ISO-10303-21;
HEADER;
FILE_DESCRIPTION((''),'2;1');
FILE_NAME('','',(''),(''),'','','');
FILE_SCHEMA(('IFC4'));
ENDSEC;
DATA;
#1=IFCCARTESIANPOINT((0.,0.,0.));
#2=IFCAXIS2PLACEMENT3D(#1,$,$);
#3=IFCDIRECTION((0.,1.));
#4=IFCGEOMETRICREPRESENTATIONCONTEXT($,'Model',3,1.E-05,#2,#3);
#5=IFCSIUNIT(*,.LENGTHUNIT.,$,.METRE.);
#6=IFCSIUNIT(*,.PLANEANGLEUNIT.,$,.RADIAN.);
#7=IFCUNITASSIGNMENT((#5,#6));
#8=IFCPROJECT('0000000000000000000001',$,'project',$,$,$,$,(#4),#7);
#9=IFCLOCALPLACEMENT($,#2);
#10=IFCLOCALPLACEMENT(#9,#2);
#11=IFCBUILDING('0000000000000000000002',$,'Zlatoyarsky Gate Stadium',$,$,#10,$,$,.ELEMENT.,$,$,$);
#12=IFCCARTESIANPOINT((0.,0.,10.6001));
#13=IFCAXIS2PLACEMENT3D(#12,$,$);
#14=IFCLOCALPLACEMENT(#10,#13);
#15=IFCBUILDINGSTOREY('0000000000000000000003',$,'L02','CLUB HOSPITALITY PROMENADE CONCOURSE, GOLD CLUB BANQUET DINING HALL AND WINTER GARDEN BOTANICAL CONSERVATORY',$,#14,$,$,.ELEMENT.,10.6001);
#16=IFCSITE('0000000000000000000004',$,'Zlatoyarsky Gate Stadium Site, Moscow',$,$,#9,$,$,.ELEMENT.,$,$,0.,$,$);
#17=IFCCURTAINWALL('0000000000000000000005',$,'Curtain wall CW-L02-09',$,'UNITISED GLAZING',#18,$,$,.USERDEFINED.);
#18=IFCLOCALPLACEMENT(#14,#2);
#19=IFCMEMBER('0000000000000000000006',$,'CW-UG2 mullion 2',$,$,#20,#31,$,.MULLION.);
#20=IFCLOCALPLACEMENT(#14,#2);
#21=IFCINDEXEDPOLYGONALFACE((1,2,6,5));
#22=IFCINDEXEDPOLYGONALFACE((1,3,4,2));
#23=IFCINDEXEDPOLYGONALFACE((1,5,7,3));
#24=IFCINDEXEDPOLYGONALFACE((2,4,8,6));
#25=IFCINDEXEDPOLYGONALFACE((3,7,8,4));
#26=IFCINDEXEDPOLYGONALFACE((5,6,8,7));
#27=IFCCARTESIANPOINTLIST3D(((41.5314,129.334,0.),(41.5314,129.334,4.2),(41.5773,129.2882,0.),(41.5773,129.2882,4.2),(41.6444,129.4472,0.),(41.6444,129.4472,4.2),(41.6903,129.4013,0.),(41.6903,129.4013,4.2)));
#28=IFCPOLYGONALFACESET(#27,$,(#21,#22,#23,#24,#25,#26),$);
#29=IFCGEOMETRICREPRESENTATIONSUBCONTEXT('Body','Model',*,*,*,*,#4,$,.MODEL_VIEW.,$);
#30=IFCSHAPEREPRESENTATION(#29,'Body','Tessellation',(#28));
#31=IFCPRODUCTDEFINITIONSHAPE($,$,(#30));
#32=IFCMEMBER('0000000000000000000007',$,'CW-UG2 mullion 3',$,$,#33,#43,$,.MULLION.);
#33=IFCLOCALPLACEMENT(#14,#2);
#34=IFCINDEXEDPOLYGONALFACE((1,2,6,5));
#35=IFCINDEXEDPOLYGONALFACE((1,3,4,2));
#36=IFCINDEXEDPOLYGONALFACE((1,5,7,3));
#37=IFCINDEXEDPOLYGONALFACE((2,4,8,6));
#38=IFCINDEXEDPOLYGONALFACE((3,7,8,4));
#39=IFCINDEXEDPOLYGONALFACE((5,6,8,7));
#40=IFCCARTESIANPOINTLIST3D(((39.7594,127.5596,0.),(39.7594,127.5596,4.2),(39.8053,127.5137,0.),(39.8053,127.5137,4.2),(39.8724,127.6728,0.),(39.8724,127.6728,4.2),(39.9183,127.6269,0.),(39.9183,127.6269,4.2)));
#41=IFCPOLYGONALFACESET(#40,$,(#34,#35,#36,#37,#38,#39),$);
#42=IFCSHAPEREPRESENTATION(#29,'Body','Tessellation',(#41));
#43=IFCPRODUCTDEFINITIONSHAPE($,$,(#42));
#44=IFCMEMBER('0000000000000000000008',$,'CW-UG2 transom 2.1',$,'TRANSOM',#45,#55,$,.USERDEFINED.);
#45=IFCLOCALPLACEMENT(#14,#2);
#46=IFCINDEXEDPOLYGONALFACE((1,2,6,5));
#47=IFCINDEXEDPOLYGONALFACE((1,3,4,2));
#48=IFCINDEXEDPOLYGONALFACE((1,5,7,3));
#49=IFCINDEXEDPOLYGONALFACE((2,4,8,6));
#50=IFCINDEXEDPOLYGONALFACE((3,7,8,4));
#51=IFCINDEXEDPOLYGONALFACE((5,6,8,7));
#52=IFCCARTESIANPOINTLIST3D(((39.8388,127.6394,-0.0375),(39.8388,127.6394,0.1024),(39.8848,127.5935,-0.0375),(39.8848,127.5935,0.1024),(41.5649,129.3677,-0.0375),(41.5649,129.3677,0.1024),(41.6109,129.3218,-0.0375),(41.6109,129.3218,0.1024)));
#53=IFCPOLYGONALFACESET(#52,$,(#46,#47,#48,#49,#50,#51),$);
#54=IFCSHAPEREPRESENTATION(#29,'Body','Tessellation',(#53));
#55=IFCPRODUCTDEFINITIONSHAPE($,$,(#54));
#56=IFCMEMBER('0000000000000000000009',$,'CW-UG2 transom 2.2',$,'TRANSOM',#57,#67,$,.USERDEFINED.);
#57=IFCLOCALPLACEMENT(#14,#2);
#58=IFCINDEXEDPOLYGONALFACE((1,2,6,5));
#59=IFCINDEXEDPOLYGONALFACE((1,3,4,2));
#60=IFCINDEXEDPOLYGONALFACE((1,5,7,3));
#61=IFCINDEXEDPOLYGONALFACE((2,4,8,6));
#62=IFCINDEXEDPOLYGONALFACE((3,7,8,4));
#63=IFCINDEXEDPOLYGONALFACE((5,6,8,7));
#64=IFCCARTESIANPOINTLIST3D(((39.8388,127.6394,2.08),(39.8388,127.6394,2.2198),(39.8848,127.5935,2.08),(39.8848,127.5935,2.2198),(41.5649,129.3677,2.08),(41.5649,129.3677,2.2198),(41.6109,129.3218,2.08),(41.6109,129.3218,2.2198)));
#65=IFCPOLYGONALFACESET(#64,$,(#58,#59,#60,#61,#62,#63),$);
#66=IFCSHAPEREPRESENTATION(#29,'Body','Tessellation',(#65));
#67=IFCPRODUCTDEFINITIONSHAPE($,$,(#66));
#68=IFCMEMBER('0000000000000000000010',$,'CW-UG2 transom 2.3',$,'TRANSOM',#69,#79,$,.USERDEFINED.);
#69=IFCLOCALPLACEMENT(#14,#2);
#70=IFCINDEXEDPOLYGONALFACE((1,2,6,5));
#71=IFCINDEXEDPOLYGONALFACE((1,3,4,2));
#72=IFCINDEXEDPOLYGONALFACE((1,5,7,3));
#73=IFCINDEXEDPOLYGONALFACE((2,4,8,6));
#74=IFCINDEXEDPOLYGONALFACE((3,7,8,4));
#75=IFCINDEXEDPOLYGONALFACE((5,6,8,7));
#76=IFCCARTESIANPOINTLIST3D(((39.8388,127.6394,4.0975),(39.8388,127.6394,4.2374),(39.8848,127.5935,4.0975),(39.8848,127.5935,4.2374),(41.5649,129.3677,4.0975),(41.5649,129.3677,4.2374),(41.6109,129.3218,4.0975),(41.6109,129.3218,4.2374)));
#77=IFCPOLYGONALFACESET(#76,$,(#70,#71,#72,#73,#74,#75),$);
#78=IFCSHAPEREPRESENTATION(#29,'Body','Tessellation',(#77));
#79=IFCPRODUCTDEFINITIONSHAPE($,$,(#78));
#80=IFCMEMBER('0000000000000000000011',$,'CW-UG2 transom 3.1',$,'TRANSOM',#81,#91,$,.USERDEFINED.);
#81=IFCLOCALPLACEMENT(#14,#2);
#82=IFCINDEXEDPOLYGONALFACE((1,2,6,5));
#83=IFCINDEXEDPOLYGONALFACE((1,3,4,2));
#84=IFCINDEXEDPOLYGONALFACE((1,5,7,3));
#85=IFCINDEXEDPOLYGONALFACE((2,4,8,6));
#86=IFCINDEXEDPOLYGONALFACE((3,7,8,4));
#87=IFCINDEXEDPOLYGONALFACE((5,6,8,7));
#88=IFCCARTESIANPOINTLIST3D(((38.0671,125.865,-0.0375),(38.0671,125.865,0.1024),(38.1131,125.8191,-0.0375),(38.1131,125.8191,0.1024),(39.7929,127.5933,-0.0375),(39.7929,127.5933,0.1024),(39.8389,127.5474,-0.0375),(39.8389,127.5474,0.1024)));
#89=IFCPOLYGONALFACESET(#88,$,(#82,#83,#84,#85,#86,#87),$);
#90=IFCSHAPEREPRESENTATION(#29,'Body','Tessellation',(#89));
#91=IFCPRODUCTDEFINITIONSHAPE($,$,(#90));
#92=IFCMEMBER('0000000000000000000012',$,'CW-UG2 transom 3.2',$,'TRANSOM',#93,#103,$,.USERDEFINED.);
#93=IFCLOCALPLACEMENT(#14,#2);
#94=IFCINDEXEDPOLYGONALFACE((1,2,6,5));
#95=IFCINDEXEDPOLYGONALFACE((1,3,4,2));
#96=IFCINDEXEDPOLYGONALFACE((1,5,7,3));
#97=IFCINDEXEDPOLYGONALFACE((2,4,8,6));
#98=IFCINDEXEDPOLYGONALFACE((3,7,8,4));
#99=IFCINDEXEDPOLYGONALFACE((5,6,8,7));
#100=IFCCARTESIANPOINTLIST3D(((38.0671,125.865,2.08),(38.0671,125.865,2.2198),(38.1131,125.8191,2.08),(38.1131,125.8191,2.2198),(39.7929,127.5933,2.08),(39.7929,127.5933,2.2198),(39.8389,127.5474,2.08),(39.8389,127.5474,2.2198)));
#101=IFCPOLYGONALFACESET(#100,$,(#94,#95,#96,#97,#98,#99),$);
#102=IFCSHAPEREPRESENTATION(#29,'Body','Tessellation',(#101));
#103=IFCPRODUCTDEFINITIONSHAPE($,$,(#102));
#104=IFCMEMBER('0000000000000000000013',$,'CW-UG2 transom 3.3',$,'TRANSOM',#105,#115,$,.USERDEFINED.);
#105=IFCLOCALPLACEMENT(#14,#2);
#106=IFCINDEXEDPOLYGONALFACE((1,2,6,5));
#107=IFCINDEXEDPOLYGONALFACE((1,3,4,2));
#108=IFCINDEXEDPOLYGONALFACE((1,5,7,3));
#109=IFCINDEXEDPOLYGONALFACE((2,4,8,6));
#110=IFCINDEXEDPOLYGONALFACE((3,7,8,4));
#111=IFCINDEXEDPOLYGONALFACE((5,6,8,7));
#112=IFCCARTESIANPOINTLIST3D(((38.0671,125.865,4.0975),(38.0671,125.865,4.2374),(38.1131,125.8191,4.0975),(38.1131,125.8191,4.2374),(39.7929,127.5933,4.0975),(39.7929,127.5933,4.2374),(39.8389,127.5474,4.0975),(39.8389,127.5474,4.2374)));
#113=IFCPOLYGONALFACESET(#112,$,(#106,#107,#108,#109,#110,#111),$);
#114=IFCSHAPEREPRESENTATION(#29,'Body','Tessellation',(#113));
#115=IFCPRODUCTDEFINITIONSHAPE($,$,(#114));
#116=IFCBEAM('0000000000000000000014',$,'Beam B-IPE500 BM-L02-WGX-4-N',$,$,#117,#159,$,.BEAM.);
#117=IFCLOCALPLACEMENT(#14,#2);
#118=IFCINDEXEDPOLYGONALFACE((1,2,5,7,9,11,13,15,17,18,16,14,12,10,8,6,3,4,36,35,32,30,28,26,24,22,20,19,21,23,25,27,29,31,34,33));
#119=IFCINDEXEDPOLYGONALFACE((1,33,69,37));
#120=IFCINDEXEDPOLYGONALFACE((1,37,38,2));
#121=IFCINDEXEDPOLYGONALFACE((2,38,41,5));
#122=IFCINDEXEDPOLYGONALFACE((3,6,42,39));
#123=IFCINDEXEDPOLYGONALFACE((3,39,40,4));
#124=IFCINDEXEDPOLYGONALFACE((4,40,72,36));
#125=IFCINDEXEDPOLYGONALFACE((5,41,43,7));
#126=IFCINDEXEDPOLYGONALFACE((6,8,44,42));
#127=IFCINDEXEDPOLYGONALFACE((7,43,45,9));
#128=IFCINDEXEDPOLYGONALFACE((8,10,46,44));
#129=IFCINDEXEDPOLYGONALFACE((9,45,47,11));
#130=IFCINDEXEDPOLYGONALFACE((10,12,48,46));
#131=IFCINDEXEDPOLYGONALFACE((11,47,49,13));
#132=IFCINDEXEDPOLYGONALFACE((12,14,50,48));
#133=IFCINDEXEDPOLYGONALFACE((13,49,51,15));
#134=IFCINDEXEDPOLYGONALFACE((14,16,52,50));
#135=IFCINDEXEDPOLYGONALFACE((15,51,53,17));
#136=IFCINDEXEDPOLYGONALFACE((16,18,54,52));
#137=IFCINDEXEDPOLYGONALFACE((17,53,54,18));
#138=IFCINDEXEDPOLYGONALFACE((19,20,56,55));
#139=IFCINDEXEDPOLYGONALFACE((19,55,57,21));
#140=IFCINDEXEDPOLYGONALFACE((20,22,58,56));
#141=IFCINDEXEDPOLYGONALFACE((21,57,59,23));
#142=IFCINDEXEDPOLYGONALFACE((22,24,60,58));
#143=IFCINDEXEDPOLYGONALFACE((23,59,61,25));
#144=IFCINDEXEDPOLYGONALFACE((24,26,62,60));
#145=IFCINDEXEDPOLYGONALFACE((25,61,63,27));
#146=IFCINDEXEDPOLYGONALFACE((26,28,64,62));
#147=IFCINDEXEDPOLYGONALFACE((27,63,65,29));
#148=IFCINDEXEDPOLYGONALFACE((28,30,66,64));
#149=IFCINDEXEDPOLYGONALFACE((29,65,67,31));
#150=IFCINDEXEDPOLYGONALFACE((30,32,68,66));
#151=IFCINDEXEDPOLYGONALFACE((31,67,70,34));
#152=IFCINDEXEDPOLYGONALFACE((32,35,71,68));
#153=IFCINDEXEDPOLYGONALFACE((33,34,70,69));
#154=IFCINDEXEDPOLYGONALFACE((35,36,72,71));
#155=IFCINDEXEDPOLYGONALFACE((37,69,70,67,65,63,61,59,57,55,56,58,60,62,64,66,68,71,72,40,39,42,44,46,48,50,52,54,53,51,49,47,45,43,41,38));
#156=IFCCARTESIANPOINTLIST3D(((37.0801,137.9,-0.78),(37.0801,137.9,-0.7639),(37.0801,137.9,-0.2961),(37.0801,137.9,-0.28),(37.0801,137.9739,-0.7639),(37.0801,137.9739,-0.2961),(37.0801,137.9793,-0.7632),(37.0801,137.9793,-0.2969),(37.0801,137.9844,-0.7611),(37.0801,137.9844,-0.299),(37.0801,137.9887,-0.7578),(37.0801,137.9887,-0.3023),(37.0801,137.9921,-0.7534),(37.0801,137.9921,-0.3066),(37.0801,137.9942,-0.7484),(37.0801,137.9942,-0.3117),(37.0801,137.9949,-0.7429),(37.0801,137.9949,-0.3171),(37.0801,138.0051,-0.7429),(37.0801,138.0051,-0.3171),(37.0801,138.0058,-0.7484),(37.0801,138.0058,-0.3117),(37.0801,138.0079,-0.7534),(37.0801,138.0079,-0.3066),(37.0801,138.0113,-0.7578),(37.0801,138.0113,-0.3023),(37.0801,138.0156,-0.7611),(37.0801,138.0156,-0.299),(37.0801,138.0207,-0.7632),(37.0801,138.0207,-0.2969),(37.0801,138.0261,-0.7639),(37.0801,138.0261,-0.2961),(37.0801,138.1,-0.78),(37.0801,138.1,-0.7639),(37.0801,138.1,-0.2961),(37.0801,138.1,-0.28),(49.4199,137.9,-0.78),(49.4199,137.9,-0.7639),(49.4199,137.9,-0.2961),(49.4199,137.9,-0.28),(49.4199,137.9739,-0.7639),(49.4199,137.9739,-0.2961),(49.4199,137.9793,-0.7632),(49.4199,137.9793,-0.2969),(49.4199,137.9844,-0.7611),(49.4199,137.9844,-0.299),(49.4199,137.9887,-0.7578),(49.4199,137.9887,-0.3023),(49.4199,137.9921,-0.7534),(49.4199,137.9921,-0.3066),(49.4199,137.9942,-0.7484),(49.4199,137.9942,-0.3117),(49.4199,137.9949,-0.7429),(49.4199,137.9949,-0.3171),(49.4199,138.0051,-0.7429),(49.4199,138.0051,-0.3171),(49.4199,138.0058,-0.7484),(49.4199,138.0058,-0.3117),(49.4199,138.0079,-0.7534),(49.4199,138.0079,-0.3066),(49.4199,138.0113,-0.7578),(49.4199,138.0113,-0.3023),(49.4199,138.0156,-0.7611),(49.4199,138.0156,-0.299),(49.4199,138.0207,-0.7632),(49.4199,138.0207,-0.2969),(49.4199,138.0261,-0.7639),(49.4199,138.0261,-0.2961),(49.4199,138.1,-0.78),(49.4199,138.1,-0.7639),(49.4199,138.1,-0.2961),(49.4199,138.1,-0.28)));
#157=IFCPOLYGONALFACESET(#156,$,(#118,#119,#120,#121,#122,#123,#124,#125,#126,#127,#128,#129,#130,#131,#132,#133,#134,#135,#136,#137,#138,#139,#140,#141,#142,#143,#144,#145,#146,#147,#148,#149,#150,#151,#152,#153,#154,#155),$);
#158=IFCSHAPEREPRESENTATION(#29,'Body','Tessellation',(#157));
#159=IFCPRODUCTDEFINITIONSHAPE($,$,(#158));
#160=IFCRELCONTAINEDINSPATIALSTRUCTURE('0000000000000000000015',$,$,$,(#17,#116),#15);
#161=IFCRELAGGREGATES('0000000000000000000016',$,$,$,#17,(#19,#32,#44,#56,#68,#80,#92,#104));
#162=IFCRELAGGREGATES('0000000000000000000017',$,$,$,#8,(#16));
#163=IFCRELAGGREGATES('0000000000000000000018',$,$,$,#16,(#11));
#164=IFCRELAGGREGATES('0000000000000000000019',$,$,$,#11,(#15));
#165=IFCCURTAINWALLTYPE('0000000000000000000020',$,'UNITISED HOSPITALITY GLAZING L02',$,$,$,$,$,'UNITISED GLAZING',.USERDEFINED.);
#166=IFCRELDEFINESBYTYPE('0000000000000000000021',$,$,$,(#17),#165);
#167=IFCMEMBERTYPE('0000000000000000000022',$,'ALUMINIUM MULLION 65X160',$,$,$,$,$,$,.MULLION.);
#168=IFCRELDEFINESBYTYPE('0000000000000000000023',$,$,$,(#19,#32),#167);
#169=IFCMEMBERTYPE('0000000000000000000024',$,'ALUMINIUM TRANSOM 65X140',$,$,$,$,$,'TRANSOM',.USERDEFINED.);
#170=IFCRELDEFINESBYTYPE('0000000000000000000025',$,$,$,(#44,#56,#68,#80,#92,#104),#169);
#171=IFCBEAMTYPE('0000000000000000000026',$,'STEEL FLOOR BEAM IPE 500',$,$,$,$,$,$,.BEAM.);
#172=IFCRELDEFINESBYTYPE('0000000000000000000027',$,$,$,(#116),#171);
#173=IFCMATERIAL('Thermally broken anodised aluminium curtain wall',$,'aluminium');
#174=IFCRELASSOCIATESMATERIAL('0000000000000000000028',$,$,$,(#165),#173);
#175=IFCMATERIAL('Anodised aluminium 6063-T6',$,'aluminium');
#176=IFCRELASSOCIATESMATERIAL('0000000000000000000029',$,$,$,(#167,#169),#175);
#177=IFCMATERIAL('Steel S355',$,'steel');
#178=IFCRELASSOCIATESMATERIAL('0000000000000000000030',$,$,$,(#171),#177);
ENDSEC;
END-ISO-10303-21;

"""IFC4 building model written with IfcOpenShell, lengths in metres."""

from ifc_helpers import new_model, si_unit, direction, frame, origin, origin_2d, place, context, subcontext, project, spatial, rectangle, i_section, extrude, material, material_profile, profile_set, type_object, element, aggregate, save


model = new_model("IFC4")

# Units and contexts
model_context = context("Model", 3, precision=1e-05, world=origin(), true_north=direction((0.0, 1.0)))
body_context = subcontext(model_context, "Body", "Model", "MODEL_VIEW")
ifc_project = project(units=[si_unit("LENGTHUNIT", "METRE"), si_unit("PLANEANGLEUNIT", "RADIAN")], contexts=[model_context])

# Site, building, storey
site_placement = place(None, origin())
site = spatial("IfcSite", under=ifc_project, at=site_placement, Name="Zlatoyarsky Gate Stadium Site, Moscow", CompositionType="ELEMENT", RefElevation=0.0)
building_placement = place(site_placement, origin())
building = spatial("IfcBuilding", under=site, at=building_placement, Name="Zlatoyarsky Gate Stadium", CompositionType="ELEMENT")
storey_placement = place(building_placement, frame((0.0, 0.0, 10.6001)))
storey = spatial("IfcBuildingStorey", under=building, at=storey_placement, Name="L02", Description="CLUB HOSPITALITY PROMENADE CONCOURSE, GOLD CLUB BANQUET DINING HALL AND WINTER GARDEN BOTANICAL CONSERVATORY", CompositionType="ELEMENT", Elevation=10.6001)

# Curtain wall, members
ifc_material_1 = material(Name="Thermally broken anodised aluminium curtain wall", Category="aluminium")
curtain_wall_type = type_object("IfcCurtainWallType", Name="UNITISED HOSPITALITY GLAZING L02", ElementType="UNITISED GLAZING", PredefinedType="USERDEFINED", material=ifc_material_1)
curtain_wall_placement = place(storey_placement, origin())
curtain_wall = element("IfcCurtainWall", 1, at=curtain_wall_placement, inside=storey, type_object=curtain_wall_type, Name="Curtain wall CW-L02-09", ObjectType="UNITISED GLAZING", PredefinedType="USERDEFINED")
ifc_material_2 = material(Name="Anodised aluminium 6063-T6", Category="aluminium")
ifc_material_profile_1 = material_profile(ifc_material_2, rectangle(XDim=0.0649, YDim=0.1599, at=origin_2d()), Name="ALU 65X160")
ifc_profile_set_1 = profile_set([ifc_material_profile_1], Name="Anodised aluminium 6063-T6")
member_type_1 = type_object("IfcMemberType", Name="ALUMINIUM MULLION 65X160", PredefinedType="MULLION", material=ifc_profile_set_1)
member_1_placement = place(storey_placement, frame((41.6108, 129.3677, 0.0), z_axis=(0.0, 0.0, 1.0), x_axis=(0.707588, -0.706626, 0.0)))
member_1 = element("IfcMember", 2, at=member_1_placement, type_object=member_type_1, Name="CW-UG2 mullion 2", PredefinedType="MULLION", context=body_context, shape_type="SweptSolid", body=[
    extrude(rectangle(XDim=0.0649, YDim=0.1599, at=origin_2d()), origin(), (0.0, 0.0, 1.0), 4.2),
])
member_2_placement = place(storey_placement, frame((39.8389, 127.5933, 0.0), z_axis=(0.0, 0.0, 1.0), x_axis=(0.707588, -0.706626, 0.0)))
member_2 = element("IfcMember", 3, at=member_2_placement, type_object=member_type_1, Name="CW-UG2 mullion 3", PredefinedType="MULLION", context=body_context, shape_type="SweptSolid", body=[
    extrude(rectangle(XDim=0.0649, YDim=0.1599, at=origin_2d()), origin(), (0.0, 0.0, 1.0), 4.2),
])
ifc_material_profile_2 = material_profile(ifc_material_2, rectangle(XDim=0.0649, YDim=0.1399, at=origin_2d()), Name="ALU 65X140")
ifc_profile_set_2 = profile_set([ifc_material_profile_2], Name="Anodised aluminium 6063-T6")
member_type_2 = type_object("IfcMemberType", Name="ALUMINIUM TRANSOM 65X140", ElementType="TRANSOM", PredefinedType="USERDEFINED", material=ifc_profile_set_2)
member_3_placement = place(storey_placement, frame((41.5879, 129.3447, 0.0325), z_axis=(-0.706657, -0.707556, 0.0), x_axis=(0.707556, -0.706657, 0.0)))
member_3 = element("IfcMember", 4, at=member_3_placement, type_object=member_type_2, Name="CW-UG2 transom 2.1", ObjectType="TRANSOM", PredefinedType="USERDEFINED", context=body_context, shape_type="SweptSolid", body=[
    extrude(rectangle(XDim=0.0649, YDim=0.1399, at=origin_2d()), origin(), (0.0, 0.0, 1.0), 2.4426),
])
member_4_placement = place(storey_placement, frame((41.5879, 129.3447, 2.1499), z_axis=(-0.706657, -0.707556, 0.0), x_axis=(0.707556, -0.706657, 0.0)))
member_4 = element("IfcMember", 5, at=member_4_placement, type_object=member_type_2, Name="CW-UG2 transom 2.2", ObjectType="TRANSOM", PredefinedType="USERDEFINED", context=body_context, shape_type="SweptSolid", body=[
    extrude(rectangle(XDim=0.0649, YDim=0.1399, at=origin_2d()), origin(), (0.0, 0.0, 1.0), 2.4426),
])
member_5_placement = place(storey_placement, frame((41.5879, 129.3447, 4.1675), z_axis=(-0.706657, -0.707556, 0.0), x_axis=(0.707556, -0.706657, 0.0)))
member_5 = element("IfcMember", 6, at=member_5_placement, type_object=member_type_2, Name="CW-UG2 transom 2.3", ObjectType="TRANSOM", PredefinedType="USERDEFINED", context=body_context, shape_type="SweptSolid", body=[
    extrude(rectangle(XDim=0.0649, YDim=0.1399, at=origin_2d()), origin(), (0.0, 0.0, 1.0), 2.4426),
])
member_6_placement = place(storey_placement, frame((39.8159, 127.5703, 0.0325), z_axis=(-0.706607, -0.707606, 0.0), x_axis=(0.707606, -0.706607, 0.0)))
member_6 = element("IfcMember", 7, at=member_6_placement, type_object=member_type_2, Name="CW-UG2 transom 3.1", ObjectType="TRANSOM", PredefinedType="USERDEFINED", context=body_context, shape_type="SweptSolid", body=[
    extrude(rectangle(XDim=0.0649, YDim=0.1399, at=origin_2d()), origin(), (0.0, 0.0, 1.0), 2.4424),
])
member_7_placement = place(storey_placement, frame((39.8159, 127.5703, 2.1499), z_axis=(-0.706607, -0.707606, 0.0), x_axis=(0.707606, -0.706607, 0.0)))
member_7 = element("IfcMember", 8, at=member_7_placement, type_object=member_type_2, Name="CW-UG2 transom 3.2", ObjectType="TRANSOM", PredefinedType="USERDEFINED", context=body_context, shape_type="SweptSolid", body=[
    extrude(rectangle(XDim=0.0649, YDim=0.1399, at=origin_2d()), origin(), (0.0, 0.0, 1.0), 2.4424),
])
member_8_placement = place(storey_placement, frame((39.8159, 127.5703, 4.1675), z_axis=(-0.706607, -0.707606, 0.0), x_axis=(0.707606, -0.706607, 0.0)))
member_8 = element("IfcMember", 9, at=member_8_placement, type_object=member_type_2, Name="CW-UG2 transom 3.3", ObjectType="TRANSOM", PredefinedType="USERDEFINED", context=body_context, shape_type="SweptSolid", body=[
    extrude(rectangle(XDim=0.0649, YDim=0.1399, at=origin_2d()), origin(), (0.0, 0.0, 1.0), 2.4424),
])

# Beam
ifc_material_3 = material(Name="Steel S355", Category="steel")
ifc_material_profile_3 = material_profile(ifc_material_3, i_section(OverallWidth=0.2, OverallDepth=0.5, WebThickness=0.0103, FlangeThickness=0.0161, FilletRadius=0.021, at=origin_2d()), Name="IPE 500")
ifc_profile_set_3 = profile_set([ifc_material_profile_3], Name="Steel S355")
beam_type_1 = type_object("IfcBeamType", Name="STEEL FLOOR BEAM IPE 500", PredefinedType="BEAM", material=ifc_profile_set_3)
for number, where, z_axis, x_axis, name in (
    (10, (37.0801, 138.0, -0.53), (1.0, 0.0, 0.0), (0.0, 1.0, 0.0), "Beam B-IPE500 BM-L02-WGX-4-N"),
):
    element("IfcBeam", number, at=place(storey_placement, frame(where, z_axis=z_axis, x_axis=x_axis)), inside=storey, type_object=beam_type_1, Name=name, PredefinedType="BEAM", context=body_context, shape_type="SweptSolid", body=[
        extrude(i_section(OverallWidth=0.2, OverallDepth=0.5, WebThickness=0.0103, FlangeThickness=0.0161, FilletRadius=0.021, at=origin_2d()), origin(), (0.0, 0.0, 1.0), 12.3398),
    ])

aggregate(curtain_wall, [member_1, member_2, member_3, member_4, member_5, member_6, member_7, member_8])

save(model, "model.ifc")
